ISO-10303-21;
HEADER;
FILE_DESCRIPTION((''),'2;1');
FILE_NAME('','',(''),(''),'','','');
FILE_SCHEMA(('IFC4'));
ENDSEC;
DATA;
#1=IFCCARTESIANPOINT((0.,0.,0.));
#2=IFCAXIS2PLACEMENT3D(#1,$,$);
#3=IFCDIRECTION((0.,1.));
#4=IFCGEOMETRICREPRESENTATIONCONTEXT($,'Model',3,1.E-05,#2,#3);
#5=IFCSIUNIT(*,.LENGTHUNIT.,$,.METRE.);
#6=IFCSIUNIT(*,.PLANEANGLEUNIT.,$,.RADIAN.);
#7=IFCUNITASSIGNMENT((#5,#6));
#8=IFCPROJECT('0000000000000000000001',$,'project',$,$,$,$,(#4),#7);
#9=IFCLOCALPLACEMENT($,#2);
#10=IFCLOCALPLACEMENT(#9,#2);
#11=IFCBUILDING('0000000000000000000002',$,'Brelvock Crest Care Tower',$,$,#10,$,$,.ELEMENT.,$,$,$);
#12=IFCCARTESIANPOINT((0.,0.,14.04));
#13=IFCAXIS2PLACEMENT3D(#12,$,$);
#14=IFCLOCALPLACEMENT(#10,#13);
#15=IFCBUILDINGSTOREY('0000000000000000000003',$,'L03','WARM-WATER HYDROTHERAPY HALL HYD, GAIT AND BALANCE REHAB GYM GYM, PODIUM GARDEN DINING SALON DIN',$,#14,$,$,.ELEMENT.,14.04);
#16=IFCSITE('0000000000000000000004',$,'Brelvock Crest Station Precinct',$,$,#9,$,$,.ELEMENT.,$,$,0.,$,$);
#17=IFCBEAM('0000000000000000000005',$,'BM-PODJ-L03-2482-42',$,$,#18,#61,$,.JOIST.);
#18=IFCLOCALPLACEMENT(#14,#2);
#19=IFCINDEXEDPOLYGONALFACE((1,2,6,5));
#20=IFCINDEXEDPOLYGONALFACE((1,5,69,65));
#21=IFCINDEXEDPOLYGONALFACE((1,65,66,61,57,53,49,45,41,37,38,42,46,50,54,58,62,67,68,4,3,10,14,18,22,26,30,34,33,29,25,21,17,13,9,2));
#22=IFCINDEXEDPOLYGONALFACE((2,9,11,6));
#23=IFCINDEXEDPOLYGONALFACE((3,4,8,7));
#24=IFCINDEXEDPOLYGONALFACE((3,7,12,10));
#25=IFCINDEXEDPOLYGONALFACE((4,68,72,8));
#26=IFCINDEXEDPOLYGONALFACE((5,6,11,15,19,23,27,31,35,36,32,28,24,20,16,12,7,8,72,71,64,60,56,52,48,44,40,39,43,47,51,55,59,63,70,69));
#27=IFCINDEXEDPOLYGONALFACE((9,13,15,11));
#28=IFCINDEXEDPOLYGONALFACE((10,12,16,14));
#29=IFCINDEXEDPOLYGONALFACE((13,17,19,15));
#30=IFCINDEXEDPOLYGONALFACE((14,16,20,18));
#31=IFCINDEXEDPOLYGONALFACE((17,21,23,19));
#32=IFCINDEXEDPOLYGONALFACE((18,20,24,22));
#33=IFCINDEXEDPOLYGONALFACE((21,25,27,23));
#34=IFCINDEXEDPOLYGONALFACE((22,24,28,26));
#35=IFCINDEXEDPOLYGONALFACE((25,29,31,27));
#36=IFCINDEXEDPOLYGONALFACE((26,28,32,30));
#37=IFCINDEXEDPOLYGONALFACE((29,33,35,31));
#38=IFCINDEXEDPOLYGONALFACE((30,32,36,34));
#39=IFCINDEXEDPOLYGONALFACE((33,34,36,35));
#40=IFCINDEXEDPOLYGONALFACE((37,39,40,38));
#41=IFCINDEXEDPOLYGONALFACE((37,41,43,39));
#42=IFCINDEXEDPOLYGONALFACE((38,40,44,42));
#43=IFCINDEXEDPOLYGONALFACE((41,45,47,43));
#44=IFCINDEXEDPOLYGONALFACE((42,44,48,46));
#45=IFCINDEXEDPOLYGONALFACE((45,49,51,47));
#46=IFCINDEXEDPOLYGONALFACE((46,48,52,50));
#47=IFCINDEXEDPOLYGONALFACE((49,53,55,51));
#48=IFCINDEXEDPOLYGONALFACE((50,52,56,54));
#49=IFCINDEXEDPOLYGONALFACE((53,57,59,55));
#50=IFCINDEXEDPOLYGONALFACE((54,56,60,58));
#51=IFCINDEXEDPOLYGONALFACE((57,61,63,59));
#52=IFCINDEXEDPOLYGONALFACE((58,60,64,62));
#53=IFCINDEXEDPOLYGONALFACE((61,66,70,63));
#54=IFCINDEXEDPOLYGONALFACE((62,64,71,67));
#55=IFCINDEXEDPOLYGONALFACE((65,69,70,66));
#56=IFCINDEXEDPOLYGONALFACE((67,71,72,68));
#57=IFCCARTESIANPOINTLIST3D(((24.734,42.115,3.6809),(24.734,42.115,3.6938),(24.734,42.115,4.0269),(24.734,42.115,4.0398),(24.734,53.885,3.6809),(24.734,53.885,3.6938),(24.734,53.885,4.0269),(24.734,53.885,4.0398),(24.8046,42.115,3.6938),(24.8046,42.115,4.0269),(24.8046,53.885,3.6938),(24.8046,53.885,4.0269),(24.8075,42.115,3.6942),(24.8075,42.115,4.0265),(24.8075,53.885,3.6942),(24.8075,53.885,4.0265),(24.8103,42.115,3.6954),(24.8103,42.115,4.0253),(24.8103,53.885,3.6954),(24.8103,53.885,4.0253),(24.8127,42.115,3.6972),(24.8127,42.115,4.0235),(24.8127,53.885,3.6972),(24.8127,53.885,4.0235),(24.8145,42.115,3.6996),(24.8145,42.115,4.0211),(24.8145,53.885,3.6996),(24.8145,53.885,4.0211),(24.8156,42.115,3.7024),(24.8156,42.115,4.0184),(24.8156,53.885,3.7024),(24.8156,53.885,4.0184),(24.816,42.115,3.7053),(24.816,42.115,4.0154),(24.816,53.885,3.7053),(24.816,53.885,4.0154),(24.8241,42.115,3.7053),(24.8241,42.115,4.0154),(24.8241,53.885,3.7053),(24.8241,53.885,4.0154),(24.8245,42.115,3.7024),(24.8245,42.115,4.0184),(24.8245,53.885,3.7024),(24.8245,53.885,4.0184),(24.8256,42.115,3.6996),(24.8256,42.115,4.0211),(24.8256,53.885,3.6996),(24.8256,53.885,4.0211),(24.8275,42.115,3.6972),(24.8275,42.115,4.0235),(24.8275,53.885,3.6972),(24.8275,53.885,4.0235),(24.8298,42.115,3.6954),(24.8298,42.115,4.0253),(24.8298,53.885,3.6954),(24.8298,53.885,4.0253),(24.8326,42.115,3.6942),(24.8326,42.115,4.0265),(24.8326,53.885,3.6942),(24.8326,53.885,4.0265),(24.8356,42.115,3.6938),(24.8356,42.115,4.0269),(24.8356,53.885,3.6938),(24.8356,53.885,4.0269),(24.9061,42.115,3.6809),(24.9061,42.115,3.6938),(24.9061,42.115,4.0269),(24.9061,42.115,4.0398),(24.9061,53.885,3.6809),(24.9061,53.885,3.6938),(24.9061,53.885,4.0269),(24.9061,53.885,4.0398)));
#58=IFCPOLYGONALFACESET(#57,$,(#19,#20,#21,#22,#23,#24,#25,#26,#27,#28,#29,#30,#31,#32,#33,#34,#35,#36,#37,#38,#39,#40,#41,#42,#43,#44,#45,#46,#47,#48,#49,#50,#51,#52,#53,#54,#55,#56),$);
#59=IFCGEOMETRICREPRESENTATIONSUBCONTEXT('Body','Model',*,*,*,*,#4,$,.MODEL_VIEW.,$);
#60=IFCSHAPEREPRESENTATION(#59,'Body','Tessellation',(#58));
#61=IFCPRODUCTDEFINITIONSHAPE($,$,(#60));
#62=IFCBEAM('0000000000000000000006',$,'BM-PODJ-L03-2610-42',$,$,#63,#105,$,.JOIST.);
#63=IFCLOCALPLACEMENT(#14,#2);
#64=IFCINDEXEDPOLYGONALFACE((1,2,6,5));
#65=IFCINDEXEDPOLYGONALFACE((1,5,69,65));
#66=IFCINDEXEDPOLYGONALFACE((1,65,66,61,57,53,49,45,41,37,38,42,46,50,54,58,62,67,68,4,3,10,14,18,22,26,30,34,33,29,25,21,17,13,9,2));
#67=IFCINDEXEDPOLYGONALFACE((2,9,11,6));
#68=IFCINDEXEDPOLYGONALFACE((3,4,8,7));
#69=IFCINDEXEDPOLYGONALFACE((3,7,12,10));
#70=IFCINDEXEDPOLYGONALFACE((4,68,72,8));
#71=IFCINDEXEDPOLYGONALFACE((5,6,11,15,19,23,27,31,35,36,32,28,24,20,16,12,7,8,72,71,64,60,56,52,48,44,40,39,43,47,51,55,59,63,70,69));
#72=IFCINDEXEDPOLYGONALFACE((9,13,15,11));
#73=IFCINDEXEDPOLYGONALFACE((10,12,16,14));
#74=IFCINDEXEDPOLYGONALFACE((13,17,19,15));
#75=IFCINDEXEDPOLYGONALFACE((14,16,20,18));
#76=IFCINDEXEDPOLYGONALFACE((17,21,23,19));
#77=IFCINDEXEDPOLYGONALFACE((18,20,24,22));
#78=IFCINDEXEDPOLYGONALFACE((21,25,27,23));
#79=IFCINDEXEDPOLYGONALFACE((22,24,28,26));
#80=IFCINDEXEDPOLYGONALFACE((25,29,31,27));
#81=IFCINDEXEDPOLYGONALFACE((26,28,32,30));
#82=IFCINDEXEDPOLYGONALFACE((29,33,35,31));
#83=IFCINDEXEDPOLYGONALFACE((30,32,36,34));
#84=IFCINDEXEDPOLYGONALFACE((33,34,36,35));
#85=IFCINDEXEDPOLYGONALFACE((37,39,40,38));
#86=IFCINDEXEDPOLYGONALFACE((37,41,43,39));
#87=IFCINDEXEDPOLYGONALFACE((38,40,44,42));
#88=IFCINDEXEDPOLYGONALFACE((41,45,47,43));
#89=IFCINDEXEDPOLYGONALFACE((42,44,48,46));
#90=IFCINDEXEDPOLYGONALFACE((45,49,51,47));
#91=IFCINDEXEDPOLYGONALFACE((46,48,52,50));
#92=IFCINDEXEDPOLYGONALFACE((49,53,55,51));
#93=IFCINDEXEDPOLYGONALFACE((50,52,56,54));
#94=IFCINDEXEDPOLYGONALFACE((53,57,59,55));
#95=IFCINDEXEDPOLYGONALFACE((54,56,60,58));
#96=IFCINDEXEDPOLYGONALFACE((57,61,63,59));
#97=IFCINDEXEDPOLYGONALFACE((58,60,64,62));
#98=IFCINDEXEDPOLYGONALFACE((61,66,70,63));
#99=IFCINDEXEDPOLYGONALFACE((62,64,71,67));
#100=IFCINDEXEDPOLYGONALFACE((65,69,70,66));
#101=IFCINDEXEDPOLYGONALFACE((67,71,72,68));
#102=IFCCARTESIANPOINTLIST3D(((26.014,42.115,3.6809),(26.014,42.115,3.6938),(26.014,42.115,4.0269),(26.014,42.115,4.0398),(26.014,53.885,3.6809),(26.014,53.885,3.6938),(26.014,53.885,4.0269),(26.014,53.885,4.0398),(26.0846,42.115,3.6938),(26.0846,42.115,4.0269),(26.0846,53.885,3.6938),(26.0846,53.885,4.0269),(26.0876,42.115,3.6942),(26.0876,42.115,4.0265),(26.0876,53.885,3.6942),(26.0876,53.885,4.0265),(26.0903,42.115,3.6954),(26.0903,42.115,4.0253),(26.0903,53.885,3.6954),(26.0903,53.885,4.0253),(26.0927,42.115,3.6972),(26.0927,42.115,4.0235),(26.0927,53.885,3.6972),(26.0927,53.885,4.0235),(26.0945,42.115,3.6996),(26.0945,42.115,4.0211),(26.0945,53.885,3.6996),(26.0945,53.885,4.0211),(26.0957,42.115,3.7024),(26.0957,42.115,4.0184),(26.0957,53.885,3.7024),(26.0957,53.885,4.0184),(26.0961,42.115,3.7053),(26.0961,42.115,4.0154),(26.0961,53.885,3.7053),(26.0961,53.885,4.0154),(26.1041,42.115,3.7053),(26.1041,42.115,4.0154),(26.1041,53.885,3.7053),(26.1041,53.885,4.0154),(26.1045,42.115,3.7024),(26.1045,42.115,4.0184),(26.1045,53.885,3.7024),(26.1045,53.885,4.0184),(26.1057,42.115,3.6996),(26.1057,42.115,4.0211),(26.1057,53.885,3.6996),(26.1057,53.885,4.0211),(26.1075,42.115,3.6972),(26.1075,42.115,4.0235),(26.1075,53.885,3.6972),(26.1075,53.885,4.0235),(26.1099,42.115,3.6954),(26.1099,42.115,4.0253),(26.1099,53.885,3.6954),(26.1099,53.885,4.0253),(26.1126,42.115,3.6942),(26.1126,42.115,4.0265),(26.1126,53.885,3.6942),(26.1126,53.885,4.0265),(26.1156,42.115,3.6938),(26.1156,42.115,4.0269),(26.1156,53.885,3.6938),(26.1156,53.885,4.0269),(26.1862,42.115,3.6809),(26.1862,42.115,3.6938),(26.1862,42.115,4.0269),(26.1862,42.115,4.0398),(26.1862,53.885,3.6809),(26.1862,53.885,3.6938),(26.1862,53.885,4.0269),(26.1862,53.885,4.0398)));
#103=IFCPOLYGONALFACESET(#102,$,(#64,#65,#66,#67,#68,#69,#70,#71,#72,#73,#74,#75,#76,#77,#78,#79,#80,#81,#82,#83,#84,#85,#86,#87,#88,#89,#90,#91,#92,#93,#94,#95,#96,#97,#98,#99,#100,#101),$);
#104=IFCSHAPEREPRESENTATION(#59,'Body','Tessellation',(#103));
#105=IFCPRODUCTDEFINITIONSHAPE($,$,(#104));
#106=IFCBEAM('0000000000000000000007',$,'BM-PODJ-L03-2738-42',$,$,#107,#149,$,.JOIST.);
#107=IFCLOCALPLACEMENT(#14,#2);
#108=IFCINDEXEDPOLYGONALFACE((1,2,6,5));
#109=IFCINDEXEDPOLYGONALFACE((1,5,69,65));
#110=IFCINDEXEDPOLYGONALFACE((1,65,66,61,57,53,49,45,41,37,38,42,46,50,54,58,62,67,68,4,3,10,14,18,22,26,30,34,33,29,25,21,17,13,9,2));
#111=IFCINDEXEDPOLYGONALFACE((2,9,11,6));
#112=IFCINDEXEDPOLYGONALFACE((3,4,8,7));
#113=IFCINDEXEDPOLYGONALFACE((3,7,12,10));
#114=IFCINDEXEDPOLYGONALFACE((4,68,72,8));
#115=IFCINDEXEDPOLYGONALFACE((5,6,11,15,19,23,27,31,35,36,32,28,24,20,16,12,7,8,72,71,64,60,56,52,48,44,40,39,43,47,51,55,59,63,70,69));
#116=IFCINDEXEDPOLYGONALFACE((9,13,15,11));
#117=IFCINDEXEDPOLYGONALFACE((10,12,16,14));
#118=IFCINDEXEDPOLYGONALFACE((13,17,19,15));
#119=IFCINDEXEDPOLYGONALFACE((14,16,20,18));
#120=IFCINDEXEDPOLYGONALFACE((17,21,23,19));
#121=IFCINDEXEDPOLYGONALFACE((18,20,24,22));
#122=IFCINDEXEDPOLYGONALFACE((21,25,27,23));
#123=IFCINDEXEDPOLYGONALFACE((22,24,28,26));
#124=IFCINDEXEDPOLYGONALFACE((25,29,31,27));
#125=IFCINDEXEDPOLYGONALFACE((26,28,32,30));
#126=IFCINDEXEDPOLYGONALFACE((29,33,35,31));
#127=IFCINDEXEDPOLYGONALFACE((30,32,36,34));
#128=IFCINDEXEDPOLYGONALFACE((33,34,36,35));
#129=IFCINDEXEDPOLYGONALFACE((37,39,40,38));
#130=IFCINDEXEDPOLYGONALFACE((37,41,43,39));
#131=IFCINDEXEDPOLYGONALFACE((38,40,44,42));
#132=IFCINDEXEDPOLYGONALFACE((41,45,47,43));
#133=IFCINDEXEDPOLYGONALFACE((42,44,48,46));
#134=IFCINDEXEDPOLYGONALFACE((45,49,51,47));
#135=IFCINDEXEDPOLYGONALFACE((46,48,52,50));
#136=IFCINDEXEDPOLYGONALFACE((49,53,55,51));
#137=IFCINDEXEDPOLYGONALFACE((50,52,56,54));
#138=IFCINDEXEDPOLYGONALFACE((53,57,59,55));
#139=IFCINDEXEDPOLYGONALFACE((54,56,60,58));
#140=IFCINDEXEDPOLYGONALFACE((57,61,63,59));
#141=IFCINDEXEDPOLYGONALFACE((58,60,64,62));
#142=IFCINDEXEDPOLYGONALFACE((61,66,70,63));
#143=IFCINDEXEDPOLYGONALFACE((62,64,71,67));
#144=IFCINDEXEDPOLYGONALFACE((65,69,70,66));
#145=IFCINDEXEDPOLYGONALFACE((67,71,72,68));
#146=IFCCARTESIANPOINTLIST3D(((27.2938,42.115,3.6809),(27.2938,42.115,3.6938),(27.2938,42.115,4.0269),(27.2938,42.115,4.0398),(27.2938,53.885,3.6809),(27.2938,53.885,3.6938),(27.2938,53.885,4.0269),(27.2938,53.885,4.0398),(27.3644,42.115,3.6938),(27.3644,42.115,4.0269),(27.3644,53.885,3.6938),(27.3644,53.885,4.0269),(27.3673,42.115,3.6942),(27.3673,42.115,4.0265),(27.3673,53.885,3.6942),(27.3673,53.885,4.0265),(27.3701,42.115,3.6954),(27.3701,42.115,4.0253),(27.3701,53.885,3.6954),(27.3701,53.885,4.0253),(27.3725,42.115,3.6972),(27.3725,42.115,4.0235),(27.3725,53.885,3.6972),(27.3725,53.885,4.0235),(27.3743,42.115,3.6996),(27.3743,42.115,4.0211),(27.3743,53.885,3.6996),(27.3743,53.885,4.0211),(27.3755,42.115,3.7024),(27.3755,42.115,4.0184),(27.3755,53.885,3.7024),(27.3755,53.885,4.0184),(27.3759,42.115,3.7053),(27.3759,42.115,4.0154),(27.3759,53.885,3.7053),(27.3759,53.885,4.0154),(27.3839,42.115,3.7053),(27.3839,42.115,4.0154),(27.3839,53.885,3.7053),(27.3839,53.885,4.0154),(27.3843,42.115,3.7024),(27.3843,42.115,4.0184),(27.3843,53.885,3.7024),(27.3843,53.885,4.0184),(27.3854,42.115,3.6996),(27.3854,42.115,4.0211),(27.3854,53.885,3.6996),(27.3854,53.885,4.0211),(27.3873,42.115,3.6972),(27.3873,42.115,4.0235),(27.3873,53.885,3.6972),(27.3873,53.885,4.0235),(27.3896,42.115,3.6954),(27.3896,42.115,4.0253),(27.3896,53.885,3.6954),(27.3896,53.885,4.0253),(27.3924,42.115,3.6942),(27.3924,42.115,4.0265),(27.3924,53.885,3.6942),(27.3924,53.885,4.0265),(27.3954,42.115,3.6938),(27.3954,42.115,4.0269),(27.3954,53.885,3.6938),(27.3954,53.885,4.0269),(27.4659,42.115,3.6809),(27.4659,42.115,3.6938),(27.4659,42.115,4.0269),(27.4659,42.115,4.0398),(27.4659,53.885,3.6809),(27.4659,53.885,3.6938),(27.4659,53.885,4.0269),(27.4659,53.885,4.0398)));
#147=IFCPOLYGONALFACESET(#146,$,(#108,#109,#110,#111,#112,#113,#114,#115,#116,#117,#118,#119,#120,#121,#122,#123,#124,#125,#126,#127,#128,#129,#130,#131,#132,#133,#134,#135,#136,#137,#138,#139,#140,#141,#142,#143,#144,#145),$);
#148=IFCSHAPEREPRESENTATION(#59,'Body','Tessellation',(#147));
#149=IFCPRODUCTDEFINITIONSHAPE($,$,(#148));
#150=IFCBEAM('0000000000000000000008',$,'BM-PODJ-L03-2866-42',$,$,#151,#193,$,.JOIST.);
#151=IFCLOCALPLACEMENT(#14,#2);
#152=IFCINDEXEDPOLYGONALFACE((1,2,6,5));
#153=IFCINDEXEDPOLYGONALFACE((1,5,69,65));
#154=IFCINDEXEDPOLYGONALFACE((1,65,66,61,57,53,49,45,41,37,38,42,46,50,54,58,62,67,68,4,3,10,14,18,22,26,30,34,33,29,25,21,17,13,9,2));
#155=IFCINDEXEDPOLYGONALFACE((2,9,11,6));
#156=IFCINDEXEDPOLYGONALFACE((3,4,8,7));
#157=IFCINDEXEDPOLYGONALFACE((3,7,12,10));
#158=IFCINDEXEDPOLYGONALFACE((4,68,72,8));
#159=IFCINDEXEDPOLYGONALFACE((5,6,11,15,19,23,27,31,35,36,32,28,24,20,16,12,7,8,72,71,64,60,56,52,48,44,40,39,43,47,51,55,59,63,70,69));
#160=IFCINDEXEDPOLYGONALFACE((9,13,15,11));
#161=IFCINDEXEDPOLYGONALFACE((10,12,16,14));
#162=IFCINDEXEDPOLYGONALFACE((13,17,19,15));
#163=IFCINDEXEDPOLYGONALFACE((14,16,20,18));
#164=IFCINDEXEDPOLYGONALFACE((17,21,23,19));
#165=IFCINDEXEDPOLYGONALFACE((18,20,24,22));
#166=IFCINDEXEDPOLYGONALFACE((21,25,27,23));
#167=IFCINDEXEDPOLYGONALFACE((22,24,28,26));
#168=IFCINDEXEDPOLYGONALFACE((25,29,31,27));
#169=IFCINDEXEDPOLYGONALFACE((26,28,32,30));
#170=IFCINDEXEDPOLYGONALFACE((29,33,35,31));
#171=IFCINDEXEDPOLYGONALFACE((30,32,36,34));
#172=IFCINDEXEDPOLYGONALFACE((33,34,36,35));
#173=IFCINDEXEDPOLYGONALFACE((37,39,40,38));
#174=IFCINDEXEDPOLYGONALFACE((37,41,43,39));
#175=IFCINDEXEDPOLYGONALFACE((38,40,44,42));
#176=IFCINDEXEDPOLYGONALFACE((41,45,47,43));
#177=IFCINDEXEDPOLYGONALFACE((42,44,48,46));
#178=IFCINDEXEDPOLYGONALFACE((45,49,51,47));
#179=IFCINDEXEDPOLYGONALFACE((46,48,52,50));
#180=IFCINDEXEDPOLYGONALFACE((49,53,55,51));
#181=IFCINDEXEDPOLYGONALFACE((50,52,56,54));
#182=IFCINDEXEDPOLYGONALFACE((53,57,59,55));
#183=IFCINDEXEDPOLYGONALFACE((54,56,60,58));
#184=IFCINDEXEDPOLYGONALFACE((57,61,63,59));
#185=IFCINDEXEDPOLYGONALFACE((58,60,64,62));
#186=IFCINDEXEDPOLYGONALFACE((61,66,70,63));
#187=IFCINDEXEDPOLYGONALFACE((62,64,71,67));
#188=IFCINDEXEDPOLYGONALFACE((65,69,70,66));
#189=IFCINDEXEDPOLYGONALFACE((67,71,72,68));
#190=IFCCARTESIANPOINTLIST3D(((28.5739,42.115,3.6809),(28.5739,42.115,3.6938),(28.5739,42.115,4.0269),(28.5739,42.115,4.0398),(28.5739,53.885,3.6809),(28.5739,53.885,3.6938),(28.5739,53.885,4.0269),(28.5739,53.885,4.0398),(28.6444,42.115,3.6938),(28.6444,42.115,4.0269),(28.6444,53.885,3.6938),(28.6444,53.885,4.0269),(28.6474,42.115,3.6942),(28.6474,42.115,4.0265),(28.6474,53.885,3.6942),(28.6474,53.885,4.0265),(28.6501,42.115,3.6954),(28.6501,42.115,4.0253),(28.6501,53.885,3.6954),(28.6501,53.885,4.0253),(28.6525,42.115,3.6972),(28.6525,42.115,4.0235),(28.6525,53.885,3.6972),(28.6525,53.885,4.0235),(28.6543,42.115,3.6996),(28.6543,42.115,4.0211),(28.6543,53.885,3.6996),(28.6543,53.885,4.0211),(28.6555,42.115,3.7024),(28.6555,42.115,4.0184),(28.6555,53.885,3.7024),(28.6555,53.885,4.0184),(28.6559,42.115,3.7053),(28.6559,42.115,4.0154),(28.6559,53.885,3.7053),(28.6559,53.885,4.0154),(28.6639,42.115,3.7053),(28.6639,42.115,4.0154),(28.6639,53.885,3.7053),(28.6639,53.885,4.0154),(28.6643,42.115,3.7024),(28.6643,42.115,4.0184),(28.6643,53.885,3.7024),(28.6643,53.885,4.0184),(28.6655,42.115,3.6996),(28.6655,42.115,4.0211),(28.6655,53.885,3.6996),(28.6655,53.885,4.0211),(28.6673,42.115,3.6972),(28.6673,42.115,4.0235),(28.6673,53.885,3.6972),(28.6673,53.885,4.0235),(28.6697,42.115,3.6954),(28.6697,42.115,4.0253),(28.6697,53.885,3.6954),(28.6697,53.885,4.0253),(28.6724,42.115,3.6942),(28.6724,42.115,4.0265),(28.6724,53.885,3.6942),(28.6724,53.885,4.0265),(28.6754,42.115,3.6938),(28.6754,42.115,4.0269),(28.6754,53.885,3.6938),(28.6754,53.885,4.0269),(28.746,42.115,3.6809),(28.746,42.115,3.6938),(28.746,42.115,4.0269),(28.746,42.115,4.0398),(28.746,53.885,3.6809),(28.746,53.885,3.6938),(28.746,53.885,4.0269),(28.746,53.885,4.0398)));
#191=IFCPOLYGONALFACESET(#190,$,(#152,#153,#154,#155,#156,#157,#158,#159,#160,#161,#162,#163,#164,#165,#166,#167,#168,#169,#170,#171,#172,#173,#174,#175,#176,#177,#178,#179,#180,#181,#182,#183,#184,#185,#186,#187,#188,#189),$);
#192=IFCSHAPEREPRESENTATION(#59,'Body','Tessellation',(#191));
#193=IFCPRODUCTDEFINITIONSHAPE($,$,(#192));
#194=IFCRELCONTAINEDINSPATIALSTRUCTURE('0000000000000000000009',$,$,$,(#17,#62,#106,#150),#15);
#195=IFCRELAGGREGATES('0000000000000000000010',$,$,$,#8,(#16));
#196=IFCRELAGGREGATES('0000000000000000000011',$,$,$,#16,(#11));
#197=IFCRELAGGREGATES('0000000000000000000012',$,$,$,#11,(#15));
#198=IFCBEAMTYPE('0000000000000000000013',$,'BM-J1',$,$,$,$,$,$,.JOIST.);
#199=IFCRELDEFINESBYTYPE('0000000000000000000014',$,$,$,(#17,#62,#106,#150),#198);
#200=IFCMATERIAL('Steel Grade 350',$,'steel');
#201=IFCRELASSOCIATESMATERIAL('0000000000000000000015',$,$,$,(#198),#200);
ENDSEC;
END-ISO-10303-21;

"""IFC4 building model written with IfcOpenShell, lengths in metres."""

from ifc_helpers import new_model, si_unit, direction, frame, origin, origin_2d, place, context, subcontext, project, spatial, i_section, extrude, source, transform, mapped, material, material_profile, profile_set, type_object, element, save


model = new_model("IFC4")

# Units and contexts
model_context = context("Model", 3, precision=1e-05, world=origin(), true_north=direction((0.0, 1.0)))
body_context = subcontext(model_context, "Body", "Model", "MODEL_VIEW")
ifc_project = project(units=[si_unit("LENGTHUNIT", "METRE"), si_unit("PLANEANGLEUNIT", "RADIAN")], contexts=[model_context])

# Site, building, storey
site_placement = place(None, origin())
site = spatial("IfcSite", under=ifc_project, at=site_placement, Name="Brelvock Crest Station Precinct", CompositionType="ELEMENT", RefElevation=0.0)
building_placement = place(site_placement, origin())
building = spatial("IfcBuilding", under=site, at=building_placement, Name="Brelvock Crest Care Tower", CompositionType="ELEMENT")
storey_placement = place(building_placement, frame((0.0, 0.0, 14.04)))
storey = spatial("IfcBuildingStorey", under=building, at=storey_placement, Name="L03", Description="WARM-WATER HYDROTHERAPY HALL HYD, GAIT AND BALANCE REHAB GYM GYM, PODIUM GARDEN DINING SALON DIN", CompositionType="ELEMENT", Elevation=14.04)

# Shared definitions
ifc_material_1 = material(Name="Steel Grade 350", Category="steel")

# Beams
ifc_material_profile_1 = material_profile(ifc_material_1, i_section(OverallWidth=0.1721, OverallDepth=0.3589, WebThickness=0.0081, FlangeThickness=0.0129, FilletRadius=0.0115, at=origin_2d()), Name="360UB56.7")
ifc_profile_set_1 = profile_set([ifc_material_profile_1], Name="Steel Grade 350")
beam_type_1 = type_object("IfcBeamType", Name="BM-J1", PredefinedType="JOIST", material=ifc_profile_set_1)
shared_shape_1 = source(origin(), body_context, "Body", "SweptSolid", [
    extrude(i_section(OverallWidth=0.1721, OverallDepth=0.3589, WebThickness=0.0081, FlangeThickness=0.0129, FilletRadius=0.0115, at=origin_2d()), origin(), (0.0, 0.0, 1.0), 11.77),
])
for number, where, z_axis, x_axis, name in (
    (1, (24.8201, 42.115, 3.8604), (0.0, 1.0, 0.0), (-1.0, 0.0, 0.0), "BM-PODJ-L03-2482-42"),
    (2, (26.1001, 42.115, 3.8604), (0.0, 1.0, 0.0), (-1.0, 0.0, 0.0), "BM-PODJ-L03-2610-42"),
    (3, (27.3799, 42.115, 3.8604), (0.0, 1.0, 0.0), (-1.0, 0.0, 0.0), "BM-PODJ-L03-2738-42"),
    (4, (28.6599, 42.115, 3.8604), (0.0, 1.0, 0.0), (-1.0, 0.0, 0.0), "BM-PODJ-L03-2866-42"),
):
    element("IfcBeam", number, at=place(storey_placement, frame(where, z_axis=z_axis, x_axis=x_axis)), inside=storey, type_object=beam_type_1, Name=name, PredefinedType="JOIST", context=body_context, shape_type="MappedRepresentation", body=[
        mapped(shared_shape_1, transform((0.0, 0.0, 0.0), x_axis=(1.0, 0.0, 0.0), y_axis=(0.0, 1.0, 0.0), z_axis=(0.0, 0.0, 1.0), scale=1.0)),
    ])

save(model, "model.ifc")
